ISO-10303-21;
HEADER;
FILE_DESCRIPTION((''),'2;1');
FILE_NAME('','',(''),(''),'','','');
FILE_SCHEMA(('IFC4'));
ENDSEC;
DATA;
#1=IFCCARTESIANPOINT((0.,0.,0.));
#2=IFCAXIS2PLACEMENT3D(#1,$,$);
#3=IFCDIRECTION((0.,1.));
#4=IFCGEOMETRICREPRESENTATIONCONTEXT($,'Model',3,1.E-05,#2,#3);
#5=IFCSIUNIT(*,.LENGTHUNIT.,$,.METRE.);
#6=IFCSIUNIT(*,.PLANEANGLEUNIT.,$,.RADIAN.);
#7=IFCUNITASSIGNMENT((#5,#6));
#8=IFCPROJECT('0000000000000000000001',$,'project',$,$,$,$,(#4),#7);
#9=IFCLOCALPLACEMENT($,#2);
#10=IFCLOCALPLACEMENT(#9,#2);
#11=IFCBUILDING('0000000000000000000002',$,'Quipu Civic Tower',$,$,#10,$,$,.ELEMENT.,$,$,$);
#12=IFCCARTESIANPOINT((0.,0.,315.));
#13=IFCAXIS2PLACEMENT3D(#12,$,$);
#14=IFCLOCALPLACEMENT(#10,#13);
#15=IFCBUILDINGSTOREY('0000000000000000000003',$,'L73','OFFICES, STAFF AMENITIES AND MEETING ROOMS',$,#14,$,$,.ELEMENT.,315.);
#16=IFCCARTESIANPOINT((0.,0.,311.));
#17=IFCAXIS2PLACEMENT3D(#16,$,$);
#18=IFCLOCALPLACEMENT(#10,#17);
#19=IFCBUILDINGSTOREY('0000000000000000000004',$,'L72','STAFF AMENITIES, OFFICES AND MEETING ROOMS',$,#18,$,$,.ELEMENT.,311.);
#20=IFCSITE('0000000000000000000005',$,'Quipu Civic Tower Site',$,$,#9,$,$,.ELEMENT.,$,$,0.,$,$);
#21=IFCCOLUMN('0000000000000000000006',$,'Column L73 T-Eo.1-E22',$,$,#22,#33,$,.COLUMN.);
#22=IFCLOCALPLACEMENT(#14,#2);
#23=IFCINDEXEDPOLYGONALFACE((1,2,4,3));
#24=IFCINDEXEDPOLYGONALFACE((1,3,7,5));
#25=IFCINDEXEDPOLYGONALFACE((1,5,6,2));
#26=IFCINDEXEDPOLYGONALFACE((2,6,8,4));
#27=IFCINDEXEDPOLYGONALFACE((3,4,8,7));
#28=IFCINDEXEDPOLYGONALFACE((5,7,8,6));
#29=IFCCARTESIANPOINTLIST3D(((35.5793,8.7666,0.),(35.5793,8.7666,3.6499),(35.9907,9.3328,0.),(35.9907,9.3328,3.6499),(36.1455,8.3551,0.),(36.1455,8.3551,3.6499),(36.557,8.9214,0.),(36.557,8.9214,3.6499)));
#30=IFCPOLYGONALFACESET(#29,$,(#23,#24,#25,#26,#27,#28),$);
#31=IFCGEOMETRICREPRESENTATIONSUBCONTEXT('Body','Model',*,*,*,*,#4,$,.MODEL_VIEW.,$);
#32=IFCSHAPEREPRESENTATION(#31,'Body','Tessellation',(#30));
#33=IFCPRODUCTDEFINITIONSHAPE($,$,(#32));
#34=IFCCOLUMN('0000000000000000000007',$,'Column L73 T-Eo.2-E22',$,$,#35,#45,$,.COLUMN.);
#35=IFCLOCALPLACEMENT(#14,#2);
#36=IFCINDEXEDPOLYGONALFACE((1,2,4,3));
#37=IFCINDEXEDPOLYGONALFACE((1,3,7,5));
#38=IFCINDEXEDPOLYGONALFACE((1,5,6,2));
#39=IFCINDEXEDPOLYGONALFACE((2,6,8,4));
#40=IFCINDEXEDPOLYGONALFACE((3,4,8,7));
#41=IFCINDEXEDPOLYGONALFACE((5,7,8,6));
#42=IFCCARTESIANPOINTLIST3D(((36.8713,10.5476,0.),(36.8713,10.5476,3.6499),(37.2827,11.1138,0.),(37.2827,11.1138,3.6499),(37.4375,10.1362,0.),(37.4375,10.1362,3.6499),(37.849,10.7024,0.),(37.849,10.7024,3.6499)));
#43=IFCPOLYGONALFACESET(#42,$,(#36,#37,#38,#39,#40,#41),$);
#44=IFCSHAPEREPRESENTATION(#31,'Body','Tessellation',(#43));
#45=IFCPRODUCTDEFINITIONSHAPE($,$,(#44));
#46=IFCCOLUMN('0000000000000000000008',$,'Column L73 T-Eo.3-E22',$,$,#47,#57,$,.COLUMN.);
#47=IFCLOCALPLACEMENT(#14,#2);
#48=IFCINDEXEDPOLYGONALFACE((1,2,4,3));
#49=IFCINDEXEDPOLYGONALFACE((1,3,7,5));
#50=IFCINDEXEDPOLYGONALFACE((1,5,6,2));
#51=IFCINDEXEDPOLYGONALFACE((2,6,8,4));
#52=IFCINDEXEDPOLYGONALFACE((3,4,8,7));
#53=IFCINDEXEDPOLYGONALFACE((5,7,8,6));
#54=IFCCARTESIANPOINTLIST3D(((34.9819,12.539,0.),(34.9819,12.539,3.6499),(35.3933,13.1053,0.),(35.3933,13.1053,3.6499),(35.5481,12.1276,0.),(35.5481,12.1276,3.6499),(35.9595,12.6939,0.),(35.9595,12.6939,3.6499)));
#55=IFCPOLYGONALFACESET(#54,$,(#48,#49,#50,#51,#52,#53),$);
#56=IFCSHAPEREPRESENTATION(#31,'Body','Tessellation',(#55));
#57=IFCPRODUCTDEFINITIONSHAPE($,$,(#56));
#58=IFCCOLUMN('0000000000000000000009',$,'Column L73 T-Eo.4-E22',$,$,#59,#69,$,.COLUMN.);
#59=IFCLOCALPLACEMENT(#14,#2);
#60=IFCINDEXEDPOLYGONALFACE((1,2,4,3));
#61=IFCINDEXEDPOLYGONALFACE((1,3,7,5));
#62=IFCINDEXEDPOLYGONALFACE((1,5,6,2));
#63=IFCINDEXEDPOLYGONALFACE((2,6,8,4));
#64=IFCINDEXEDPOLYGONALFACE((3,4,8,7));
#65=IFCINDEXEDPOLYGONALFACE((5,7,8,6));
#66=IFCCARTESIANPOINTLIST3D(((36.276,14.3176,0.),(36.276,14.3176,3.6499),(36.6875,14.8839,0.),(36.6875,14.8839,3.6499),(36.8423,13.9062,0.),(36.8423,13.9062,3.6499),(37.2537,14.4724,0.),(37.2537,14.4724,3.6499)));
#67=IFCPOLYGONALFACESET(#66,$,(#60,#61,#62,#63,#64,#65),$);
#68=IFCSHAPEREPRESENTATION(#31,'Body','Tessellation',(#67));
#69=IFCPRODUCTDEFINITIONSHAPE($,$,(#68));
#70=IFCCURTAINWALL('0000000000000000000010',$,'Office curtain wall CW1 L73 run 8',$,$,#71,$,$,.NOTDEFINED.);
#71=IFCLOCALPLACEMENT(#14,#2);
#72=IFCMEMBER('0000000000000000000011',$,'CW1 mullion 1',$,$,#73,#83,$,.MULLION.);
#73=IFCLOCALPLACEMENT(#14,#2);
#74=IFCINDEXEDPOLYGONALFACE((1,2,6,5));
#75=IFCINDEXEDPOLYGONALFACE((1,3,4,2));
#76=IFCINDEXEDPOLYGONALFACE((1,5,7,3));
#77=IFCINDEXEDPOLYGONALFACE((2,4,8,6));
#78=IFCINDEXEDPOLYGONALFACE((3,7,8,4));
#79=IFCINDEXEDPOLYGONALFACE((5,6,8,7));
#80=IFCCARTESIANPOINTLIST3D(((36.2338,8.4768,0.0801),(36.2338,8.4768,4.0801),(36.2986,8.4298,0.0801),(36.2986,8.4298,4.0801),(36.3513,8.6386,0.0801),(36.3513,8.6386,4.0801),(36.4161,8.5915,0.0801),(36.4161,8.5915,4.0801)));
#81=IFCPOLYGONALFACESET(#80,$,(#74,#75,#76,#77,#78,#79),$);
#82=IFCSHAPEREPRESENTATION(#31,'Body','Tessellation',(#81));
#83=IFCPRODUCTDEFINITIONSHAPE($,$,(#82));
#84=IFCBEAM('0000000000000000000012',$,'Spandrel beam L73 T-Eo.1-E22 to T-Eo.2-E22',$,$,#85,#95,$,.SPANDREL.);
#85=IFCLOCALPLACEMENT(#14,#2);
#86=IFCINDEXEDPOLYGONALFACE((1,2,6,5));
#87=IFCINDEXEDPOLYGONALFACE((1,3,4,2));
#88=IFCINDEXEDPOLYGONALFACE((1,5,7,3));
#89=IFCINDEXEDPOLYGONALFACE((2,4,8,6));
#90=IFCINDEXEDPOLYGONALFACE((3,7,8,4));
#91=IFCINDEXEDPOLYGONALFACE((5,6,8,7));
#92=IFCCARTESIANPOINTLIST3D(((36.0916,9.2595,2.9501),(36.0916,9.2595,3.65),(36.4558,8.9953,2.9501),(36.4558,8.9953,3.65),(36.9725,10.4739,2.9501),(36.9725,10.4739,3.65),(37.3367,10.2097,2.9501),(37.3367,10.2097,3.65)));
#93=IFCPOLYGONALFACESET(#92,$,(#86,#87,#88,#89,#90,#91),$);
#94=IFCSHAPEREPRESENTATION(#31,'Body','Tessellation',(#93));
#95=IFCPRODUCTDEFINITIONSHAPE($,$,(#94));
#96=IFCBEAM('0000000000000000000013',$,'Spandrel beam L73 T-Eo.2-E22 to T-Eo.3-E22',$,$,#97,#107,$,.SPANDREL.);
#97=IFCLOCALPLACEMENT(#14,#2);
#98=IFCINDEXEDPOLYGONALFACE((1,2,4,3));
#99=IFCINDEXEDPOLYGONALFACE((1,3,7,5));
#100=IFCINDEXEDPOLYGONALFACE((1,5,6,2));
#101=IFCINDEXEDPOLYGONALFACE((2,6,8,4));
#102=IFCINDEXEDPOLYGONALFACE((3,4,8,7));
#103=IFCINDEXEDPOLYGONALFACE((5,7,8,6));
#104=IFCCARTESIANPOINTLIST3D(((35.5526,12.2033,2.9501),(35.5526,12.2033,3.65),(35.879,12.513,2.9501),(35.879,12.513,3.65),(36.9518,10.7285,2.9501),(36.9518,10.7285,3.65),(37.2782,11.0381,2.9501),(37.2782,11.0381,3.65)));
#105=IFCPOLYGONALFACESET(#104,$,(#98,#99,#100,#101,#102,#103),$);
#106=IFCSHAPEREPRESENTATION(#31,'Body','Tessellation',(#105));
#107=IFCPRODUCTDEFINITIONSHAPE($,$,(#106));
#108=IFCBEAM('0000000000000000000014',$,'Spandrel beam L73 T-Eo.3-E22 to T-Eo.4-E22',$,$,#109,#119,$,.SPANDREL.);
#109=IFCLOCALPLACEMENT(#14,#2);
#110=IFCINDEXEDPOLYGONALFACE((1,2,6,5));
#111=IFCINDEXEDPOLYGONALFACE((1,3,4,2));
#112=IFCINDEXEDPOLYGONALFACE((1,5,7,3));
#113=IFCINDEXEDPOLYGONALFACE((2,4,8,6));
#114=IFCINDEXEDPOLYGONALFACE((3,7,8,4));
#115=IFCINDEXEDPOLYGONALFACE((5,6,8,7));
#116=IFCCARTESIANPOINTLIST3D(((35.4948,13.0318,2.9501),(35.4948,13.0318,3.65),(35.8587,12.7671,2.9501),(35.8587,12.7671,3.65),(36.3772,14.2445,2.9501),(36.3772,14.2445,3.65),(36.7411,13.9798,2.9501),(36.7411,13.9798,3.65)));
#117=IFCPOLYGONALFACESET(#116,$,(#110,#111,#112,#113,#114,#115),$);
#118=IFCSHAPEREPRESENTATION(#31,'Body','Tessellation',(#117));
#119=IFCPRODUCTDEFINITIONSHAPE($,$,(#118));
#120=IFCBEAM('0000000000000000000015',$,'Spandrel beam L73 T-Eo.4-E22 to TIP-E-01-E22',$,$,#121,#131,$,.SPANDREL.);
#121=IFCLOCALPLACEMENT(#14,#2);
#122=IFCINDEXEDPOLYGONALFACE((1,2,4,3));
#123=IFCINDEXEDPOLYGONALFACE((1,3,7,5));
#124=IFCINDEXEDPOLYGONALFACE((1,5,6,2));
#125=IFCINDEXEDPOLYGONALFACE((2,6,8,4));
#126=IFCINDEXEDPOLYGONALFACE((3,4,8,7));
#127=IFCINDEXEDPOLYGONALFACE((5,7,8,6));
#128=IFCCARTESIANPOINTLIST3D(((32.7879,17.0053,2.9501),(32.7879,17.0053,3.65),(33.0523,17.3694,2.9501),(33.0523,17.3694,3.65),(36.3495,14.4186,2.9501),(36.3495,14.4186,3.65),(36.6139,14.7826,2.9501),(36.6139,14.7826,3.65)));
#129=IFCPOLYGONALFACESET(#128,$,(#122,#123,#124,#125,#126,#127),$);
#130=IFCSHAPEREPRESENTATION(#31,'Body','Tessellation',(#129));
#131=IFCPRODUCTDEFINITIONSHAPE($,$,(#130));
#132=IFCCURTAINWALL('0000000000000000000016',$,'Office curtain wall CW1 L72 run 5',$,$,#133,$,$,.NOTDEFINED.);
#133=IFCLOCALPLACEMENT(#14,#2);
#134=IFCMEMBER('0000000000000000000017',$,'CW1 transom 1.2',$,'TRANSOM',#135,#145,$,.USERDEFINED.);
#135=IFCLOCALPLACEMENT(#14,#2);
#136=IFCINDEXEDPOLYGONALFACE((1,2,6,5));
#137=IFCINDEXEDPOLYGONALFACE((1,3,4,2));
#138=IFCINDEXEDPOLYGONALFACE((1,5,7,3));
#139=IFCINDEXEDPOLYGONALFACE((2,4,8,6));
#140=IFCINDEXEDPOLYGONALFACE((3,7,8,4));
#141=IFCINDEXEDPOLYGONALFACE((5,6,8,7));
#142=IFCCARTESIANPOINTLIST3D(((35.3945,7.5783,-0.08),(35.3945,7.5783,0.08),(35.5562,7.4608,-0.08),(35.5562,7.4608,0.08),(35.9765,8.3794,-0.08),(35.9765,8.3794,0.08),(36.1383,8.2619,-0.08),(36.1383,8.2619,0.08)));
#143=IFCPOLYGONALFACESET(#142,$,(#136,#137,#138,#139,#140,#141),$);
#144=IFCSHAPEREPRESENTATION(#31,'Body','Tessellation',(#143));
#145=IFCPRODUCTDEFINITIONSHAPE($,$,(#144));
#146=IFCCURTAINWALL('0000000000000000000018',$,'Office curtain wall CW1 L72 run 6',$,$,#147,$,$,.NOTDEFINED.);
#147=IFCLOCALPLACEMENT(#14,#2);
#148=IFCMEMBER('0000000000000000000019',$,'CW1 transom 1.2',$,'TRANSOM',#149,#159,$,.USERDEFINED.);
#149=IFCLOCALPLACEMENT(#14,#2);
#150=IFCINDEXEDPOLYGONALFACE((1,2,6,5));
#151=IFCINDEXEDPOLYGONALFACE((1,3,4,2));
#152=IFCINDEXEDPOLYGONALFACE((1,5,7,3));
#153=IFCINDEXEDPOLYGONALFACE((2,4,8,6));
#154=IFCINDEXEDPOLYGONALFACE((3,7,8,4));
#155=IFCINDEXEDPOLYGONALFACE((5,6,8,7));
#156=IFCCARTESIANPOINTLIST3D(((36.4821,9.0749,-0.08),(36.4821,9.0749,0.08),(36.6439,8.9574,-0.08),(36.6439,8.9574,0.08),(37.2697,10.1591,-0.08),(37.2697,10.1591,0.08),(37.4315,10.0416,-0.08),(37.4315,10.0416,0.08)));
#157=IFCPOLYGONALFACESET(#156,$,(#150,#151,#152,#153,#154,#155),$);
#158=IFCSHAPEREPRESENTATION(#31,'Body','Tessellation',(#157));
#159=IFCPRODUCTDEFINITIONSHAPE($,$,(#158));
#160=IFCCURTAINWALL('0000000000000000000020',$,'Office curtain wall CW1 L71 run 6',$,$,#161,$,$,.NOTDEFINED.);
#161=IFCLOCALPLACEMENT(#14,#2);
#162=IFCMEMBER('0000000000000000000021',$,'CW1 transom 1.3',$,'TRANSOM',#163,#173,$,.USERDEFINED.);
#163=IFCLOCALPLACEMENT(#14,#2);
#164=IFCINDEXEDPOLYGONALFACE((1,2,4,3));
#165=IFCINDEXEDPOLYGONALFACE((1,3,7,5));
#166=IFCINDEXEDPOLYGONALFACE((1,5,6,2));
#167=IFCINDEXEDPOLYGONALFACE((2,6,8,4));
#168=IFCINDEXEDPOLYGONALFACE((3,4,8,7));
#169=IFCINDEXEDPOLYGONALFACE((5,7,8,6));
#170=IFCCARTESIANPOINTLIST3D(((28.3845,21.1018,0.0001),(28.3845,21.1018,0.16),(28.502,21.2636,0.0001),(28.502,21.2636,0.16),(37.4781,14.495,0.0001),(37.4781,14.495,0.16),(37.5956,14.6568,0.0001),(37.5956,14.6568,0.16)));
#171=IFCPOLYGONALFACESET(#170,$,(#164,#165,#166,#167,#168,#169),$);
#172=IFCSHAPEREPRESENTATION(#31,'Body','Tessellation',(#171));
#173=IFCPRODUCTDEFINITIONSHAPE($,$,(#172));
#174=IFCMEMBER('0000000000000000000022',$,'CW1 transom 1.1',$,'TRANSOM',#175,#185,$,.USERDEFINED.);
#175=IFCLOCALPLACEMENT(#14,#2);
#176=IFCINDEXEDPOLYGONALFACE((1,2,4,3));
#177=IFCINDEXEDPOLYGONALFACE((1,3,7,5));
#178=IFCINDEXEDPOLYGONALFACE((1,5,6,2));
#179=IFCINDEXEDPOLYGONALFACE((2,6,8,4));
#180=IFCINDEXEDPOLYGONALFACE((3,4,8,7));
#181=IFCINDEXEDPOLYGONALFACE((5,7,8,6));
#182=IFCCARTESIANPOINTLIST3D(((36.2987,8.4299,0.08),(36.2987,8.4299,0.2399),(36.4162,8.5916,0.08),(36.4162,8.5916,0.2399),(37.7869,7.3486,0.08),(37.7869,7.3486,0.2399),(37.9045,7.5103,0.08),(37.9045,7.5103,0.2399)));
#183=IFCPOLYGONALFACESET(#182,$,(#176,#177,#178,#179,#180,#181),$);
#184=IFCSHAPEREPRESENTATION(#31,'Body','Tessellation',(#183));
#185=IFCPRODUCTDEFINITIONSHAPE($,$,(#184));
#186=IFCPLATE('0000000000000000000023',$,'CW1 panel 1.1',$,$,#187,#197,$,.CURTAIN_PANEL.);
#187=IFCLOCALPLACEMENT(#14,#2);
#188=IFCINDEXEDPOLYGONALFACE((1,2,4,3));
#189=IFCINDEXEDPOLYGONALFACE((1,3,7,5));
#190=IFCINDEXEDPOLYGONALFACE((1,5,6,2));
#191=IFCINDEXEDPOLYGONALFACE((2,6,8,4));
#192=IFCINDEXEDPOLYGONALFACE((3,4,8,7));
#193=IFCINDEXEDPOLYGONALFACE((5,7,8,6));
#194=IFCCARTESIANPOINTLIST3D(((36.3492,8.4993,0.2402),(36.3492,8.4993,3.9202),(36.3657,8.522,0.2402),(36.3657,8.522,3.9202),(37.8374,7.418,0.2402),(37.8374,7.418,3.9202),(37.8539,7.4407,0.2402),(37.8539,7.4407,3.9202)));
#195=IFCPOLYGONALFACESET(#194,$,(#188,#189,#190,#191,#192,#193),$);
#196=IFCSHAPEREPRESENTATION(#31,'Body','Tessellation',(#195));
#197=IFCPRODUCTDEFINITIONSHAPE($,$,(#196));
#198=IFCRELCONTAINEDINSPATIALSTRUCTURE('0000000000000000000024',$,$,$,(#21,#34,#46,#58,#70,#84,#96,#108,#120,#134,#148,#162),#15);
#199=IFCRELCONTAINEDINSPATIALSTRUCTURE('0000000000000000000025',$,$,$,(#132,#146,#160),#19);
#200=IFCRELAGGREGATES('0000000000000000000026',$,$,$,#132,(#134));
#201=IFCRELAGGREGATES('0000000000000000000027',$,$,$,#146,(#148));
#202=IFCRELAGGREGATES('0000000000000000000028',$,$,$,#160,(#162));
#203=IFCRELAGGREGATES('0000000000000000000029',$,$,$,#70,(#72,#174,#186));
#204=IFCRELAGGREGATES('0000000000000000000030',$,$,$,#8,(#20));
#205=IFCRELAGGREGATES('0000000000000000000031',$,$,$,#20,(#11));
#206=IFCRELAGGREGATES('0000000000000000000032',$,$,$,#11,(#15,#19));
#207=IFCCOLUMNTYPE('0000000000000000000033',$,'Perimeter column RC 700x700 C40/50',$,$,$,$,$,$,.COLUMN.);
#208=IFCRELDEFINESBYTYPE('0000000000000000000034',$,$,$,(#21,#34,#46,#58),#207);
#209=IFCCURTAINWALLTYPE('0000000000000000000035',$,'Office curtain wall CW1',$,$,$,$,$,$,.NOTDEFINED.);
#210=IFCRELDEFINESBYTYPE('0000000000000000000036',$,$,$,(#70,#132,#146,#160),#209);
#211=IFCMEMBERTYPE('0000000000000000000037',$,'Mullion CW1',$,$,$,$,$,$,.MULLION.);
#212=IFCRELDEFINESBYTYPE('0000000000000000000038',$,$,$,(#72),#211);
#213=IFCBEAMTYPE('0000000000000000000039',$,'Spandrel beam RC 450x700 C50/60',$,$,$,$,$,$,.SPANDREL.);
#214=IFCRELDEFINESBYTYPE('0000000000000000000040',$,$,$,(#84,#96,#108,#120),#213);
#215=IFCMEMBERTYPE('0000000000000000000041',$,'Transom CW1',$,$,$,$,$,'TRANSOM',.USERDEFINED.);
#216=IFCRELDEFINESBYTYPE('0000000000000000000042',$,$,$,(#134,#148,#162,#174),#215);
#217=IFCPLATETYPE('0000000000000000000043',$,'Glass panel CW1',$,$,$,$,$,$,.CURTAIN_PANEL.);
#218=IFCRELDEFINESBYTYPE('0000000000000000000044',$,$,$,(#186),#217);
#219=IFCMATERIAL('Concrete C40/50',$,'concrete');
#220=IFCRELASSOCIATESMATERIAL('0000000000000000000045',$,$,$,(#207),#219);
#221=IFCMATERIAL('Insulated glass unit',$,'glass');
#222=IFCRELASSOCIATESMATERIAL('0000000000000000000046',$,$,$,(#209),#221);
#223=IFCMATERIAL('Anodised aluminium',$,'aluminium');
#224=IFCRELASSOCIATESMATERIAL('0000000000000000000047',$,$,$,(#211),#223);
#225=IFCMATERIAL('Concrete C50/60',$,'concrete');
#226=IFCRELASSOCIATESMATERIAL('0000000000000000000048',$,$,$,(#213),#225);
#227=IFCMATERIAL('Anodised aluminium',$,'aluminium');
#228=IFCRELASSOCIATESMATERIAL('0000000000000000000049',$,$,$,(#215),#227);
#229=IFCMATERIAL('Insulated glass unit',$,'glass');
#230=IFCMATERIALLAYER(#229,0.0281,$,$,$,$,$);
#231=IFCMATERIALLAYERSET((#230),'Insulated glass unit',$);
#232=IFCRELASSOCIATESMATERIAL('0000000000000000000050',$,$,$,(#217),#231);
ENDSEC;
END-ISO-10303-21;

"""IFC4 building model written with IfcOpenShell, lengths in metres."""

from ifc_helpers import new_model, si_unit, direction, frame, origin, origin_2d, place, context, subcontext, project, spatial, rectangle, extrude, material, layer, layer_set, material_profile, profile_set, type_object, element, aggregate, save


model = new_model("IFC4")

# Units and contexts
model_context = context("Model", 3, precision=1e-05, world=origin(), true_north=direction((0.0, 1.0)))
body_context = subcontext(model_context, "Body", "Model", "MODEL_VIEW")
ifc_project = project(units=[si_unit("LENGTHUNIT", "METRE"), si_unit("PLANEANGLEUNIT", "RADIAN")], contexts=[model_context])

# Site, building, storey
site_placement = place(None, origin())
site = spatial("IfcSite", under=ifc_project, at=site_placement, Name="Quipu Civic Tower Site", CompositionType="ELEMENT", RefElevation=0.0)
building_placement = place(site_placement, origin())
building = spatial("IfcBuilding", under=site, at=building_placement, Name="Quipu Civic Tower", CompositionType="ELEMENT")
storey_1_placement = place(building_placement, frame((0.0, 0.0, 315.0)))
storey_1 = spatial("IfcBuildingStorey", under=building, at=storey_1_placement, Name="L73", Description="OFFICES, STAFF AMENITIES AND MEETING ROOMS", CompositionType="ELEMENT", Elevation=315.0)

# Columns
ifc_material_1 = material(Name="Concrete C40/50", Category="concrete")
ifc_material_profile_1 = material_profile(ifc_material_1, rectangle(XDim=0.7, YDim=0.7, at=origin_2d()), Name="RC700x700")
ifc_profile_set_1 = profile_set([ifc_material_profile_1], Name="Concrete C40/50")
column_type = type_object("IfcColumnType", Name="Perimeter column RC 700x700 C40/50", PredefinedType="COLUMN", material=ifc_profile_set_1)
for number, where, z_axis, x_axis, name in (
    (1, (36.0681, 8.844, 0.0), (0.0, 0.0, 1.0), (0.587785, 0.809017, 0.0), "Column L73 T-Eo.1-E22"),
    (2, (37.3601, 10.625, 0.0), (0.0, 0.0, 1.0), (0.587785, 0.809017, 0.0), "Column L73 T-Eo.2-E22"),
    (3, (35.4707, 12.6165, 0.0), (0.0, 0.0, 1.0), (-0.809017, 0.587785, 0.0), "Column L73 T-Eo.3-E22"),
    (4, (36.7649, 14.395, 0.0), (0.0, 0.0, 1.0), (-0.809017, 0.587785, 0.0), "Column L73 T-Eo.4-E22"),
):
    element("IfcColumn", number, at=place(storey_1_placement, frame(where, z_axis=z_axis, x_axis=x_axis)), inside=storey_1, type_object=column_type, Name=name, PredefinedType="COLUMN", context=body_context, shape_type="SweptSolid", body=[
        extrude(rectangle(XDim=0.7, YDim=0.7, at=origin_2d()), origin(), (0.0, 0.0, 1.0), 3.6499),
    ])

# Curtain wall, member
ifc_material_2 = material(Name="Insulated glass unit", Category="glass")
curtain_wall_type = type_object("IfcCurtainWallType", Name="Office curtain wall CW1", PredefinedType="NOTDEFINED", material=ifc_material_2)
curtain_wall_1_placement = place(storey_1_placement, origin())
curtain_wall_1 = element("IfcCurtainWall", 5, at=curtain_wall_1_placement, inside=storey_1, type_object=curtain_wall_type, Name="Office curtain wall CW1 L73 run 8", PredefinedType="NOTDEFINED")
ifc_material_3 = material(Name="Anodised aluminium", Category="aluminium")
ifc_material_profile_2 = material_profile(ifc_material_3, rectangle(XDim=0.2, YDim=0.0801, at=origin_2d()), Name="RECT 200x80")
ifc_profile_set_2 = profile_set([ifc_material_profile_2], Name="Anodised aluminium")
member_type_1 = type_object("IfcMemberType", Name="Mullion CW1", PredefinedType="MULLION", material=ifc_profile_set_2)
member_1_placement = place(storey_1_placement, frame((36.325, 8.5342, 0.0801), z_axis=(0.0, 0.0, 1.0), x_axis=(0.587785, 0.809017, 0.0)))
member_1 = element("IfcMember", 6, at=member_1_placement, type_object=member_type_1, Name="CW1 mullion 1", PredefinedType="MULLION", context=body_context, shape_type="SweptSolid", body=[
    extrude(rectangle(XDim=0.2, YDim=0.0801, at=origin_2d()), origin(), (0.0, 0.0, 1.0), 4.0),
])

# Beams
ifc_material_4 = material(Name="Concrete C50/60", Category="concrete")
ifc_material_profile_3 = material_profile(ifc_material_4, rectangle(XDim=0.45, YDim=0.7, at=origin_2d()), Name="RC450x700")
ifc_profile_set_3 = profile_set([ifc_material_profile_3], Name="Concrete C50/60")
beam_type = type_object("IfcBeamType", Name="Spandrel beam RC 450x700 C50/60", PredefinedType="SPANDREL", material=ifc_profile_set_3)
beam_1_placement = place(storey_1_placement, frame((36.2737, 9.1274, 3.3), z_axis=(0.587165, 0.809467, 0.0), x_axis=(-0.809467, 0.587165, 0.0)))
element("IfcBeam", 7, at=beam_1_placement, inside=storey_1, type_object=beam_type, Name="Spandrel beam L73 T-Eo.1-E22 to T-Eo.2-E22", PredefinedType="SPANDREL", context=body_context, shape_type="SweptSolid", body=[
    extrude(rectangle(XDim=0.45, YDim=0.7, at=origin_2d()), origin(), (0.0, 0.0, 1.0), 1.5002),
])
beam_2_placement = place(storey_1_placement, frame((37.115, 10.8833, 3.3), z_axis=(-0.688247, 0.725476, 0.0), x_axis=(-0.725476, -0.688247, 0.0)))
element("IfcBeam", 8, at=beam_2_placement, inside=storey_1, type_object=beam_type, Name="Spandrel beam L73 T-Eo.2-E22 to T-Eo.3-E22", PredefinedType="SPANDREL", context=body_context, shape_type="SweptSolid", body=[
    extrude(rectangle(XDim=0.45, YDim=0.7, at=origin_2d()), origin(), (0.0, 0.0, 1.0), 2.033),
])
beam_3_placement = place(storey_1_placement, frame((35.6768, 12.8994, 3.3), z_axis=(0.588346, 0.808609, 0.0), x_axis=(-0.808609, 0.588346, 0.0)))
element("IfcBeam", 9, at=beam_3_placement, inside=storey_1, type_object=beam_type, Name="Spandrel beam L73 T-Eo.3-E22 to T-Eo.4-E22", PredefinedType="SPANDREL", context=body_context, shape_type="SweptSolid", body=[
    extrude(rectangle(XDim=0.45, YDim=0.7, at=origin_2d()), origin(), (0.0, 0.0, 1.0), 1.4998),
])
beam_4_placement = place(storey_1_placement, frame((36.4817, 14.6006, 3.3), z_axis=(-0.809117, 0.587647, 0.0), x_axis=(-0.587647, -0.809117, 0.0)))
element("IfcBeam", 10, at=beam_4_placement, inside=storey_1, type_object=beam_type, Name="Spandrel beam L73 T-Eo.4-E22 to TIP-E-01-E22", PredefinedType="SPANDREL", context=body_context, shape_type="SweptSolid", body=[
    extrude(rectangle(XDim=0.45, YDim=0.7, at=origin_2d()), origin(), (0.0, 0.0, 1.0), 4.4019),
])

# Shared definitions
storey_2_placement = place(building_placement, frame((0.0, 0.0, 311.0)))
storey_2 = spatial("IfcBuildingStorey", under=building, at=storey_2_placement, Name="L72", Description="STAFF AMENITIES, OFFICES AND MEETING ROOMS", CompositionType="ELEMENT", Elevation=311.0)

# Curtain walls, members
curtain_wall_2_placement = place(storey_2_placement, origin())
curtain_wall_2 = element("IfcCurtainWall", 11, at=curtain_wall_2_placement, inside=storey_2, type_object=curtain_wall_type, Name="Office curtain wall CW1 L72 run 5", PredefinedType="NOTDEFINED")
ifc_material_5 = material(Name="Anodised aluminium", Category="aluminium")
ifc_material_profile_4 = material_profile(ifc_material_5, rectangle(XDim=0.2, YDim=0.1599, at=origin_2d()), Name="RECT 200x160")
ifc_profile_set_4 = profile_set([ifc_material_profile_4], Name="Anodised aluminium")
member_type_2 = type_object("IfcMemberType", Name="Transom CW1", ElementType="TRANSOM", PredefinedType="USERDEFINED", material=ifc_profile_set_4)
member_2_placement = place(storey_1_placement, frame((35.4753, 7.5195, 0.0), z_axis=(0.58782, 0.808992, 0.0), x_axis=(-0.808992, 0.58782, 0.0)))
member_2 = element("IfcMember", 12, at=member_2_placement, inside=storey_1, type_object=member_type_2, Name="CW1 transom 1.2", ObjectType="TRANSOM", PredefinedType="USERDEFINED", context=body_context, shape_type="SweptSolid", body=[
    extrude(rectangle(XDim=0.2, YDim=0.1599, at=origin_2d()), origin(), (0.0, 0.0, 1.0), 0.9902),
])
aggregate(curtain_wall_2, [member_2])
curtain_wall_3_placement = place(storey_2_placement, origin())
curtain_wall_3 = element("IfcCurtainWall", 13, at=curtain_wall_3_placement, inside=storey_2, type_object=curtain_wall_type, Name="Office curtain wall CW1 L72 run 6", PredefinedType="NOTDEFINED")
member_3_placement = place(storey_1_placement, frame((36.563, 9.0161, 0.0), z_axis=(0.587717, 0.809067, 0.0), x_axis=(-0.809067, 0.587717, 0.0)))
member_3 = element("IfcMember", 14, at=member_3_placement, inside=storey_1, type_object=member_type_2, Name="CW1 transom 1.2", ObjectType="TRANSOM", PredefinedType="USERDEFINED", context=body_context, shape_type="SweptSolid", body=[
    extrude(rectangle(XDim=0.2, YDim=0.1599, at=origin_2d()), origin(), (0.0, 0.0, 1.0), 1.3401),
])
aggregate(curtain_wall_3, [member_3])
curtain_wall_4_placement = place(storey_2_placement, origin())
curtain_wall_4 = element("IfcCurtainWall", 15, at=curtain_wall_4_placement, inside=storey_2, type_object=curtain_wall_type, Name="Office curtain wall CW1 L71 run 6", PredefinedType="NOTDEFINED")
member_4_placement = place(storey_1_placement, frame((37.5369, 14.5759, 0.0801), z_axis=(-0.809022, 0.587778, 0.0), x_axis=(-0.587778, -0.809022, 0.0)))
member_4 = element("IfcMember", 16, at=member_4_placement, inside=storey_1, type_object=member_type_2, Name="CW1 transom 1.3", ObjectType="TRANSOM", PredefinedType="USERDEFINED", context=body_context, shape_type="SweptSolid", body=[
    extrude(rectangle(XDim=0.2, YDim=0.1599, at=origin_2d()), origin(), (0.0, 0.0, 1.0), 11.2402),
])
aggregate(curtain_wall_4, [member_4])

# Member
member_5_placement = place(storey_1_placement, frame((36.3574, 8.5107, 0.1599), z_axis=(0.809017, -0.587785, 0.0), x_axis=(0.587785, 0.809017, 0.0)))
member_5 = element("IfcMember", 17, at=member_5_placement, type_object=member_type_2, Name="CW1 transom 1.1", ObjectType="TRANSOM", PredefinedType="USERDEFINED", context=body_context, shape_type="SweptSolid", body=[
    extrude(rectangle(XDim=0.2, YDim=0.1599, at=origin_2d()), origin(), (0.0, 0.0, 1.0), 1.8396),
])

# Plate
ifc_material_6 = material(Name="Insulated glass unit", Category="glass")
ifc_layer = layer(ifc_material_6, 0.0281)
ifc_layer_set = layer_set([ifc_layer], Name="Insulated glass unit")
plate_type_1 = type_object("IfcPlateType", Name="Glass panel CW1", PredefinedType="CURTAIN_PANEL", material=ifc_layer_set)
plate_placement = place(storey_1_placement, frame((37.1016, 7.97, 0.2402), z_axis=(0.0, 0.0, 1.0), x_axis=(0.809017, -0.587785, 0.0)))
plate = element("IfcPlate", 18, at=plate_placement, type_object=plate_type_1, Name="CW1 panel 1.1", PredefinedType="CURTAIN_PANEL", context=body_context, shape_type="SweptSolid", body=[
    extrude(rectangle(XDim=1.8396, YDim=0.0281, at=origin_2d()), origin(), (0.0, 0.0, 1.0), 3.6799),
])
aggregate(curtain_wall_1, [member_1, member_5, plate])

save(model, "model.ifc")
